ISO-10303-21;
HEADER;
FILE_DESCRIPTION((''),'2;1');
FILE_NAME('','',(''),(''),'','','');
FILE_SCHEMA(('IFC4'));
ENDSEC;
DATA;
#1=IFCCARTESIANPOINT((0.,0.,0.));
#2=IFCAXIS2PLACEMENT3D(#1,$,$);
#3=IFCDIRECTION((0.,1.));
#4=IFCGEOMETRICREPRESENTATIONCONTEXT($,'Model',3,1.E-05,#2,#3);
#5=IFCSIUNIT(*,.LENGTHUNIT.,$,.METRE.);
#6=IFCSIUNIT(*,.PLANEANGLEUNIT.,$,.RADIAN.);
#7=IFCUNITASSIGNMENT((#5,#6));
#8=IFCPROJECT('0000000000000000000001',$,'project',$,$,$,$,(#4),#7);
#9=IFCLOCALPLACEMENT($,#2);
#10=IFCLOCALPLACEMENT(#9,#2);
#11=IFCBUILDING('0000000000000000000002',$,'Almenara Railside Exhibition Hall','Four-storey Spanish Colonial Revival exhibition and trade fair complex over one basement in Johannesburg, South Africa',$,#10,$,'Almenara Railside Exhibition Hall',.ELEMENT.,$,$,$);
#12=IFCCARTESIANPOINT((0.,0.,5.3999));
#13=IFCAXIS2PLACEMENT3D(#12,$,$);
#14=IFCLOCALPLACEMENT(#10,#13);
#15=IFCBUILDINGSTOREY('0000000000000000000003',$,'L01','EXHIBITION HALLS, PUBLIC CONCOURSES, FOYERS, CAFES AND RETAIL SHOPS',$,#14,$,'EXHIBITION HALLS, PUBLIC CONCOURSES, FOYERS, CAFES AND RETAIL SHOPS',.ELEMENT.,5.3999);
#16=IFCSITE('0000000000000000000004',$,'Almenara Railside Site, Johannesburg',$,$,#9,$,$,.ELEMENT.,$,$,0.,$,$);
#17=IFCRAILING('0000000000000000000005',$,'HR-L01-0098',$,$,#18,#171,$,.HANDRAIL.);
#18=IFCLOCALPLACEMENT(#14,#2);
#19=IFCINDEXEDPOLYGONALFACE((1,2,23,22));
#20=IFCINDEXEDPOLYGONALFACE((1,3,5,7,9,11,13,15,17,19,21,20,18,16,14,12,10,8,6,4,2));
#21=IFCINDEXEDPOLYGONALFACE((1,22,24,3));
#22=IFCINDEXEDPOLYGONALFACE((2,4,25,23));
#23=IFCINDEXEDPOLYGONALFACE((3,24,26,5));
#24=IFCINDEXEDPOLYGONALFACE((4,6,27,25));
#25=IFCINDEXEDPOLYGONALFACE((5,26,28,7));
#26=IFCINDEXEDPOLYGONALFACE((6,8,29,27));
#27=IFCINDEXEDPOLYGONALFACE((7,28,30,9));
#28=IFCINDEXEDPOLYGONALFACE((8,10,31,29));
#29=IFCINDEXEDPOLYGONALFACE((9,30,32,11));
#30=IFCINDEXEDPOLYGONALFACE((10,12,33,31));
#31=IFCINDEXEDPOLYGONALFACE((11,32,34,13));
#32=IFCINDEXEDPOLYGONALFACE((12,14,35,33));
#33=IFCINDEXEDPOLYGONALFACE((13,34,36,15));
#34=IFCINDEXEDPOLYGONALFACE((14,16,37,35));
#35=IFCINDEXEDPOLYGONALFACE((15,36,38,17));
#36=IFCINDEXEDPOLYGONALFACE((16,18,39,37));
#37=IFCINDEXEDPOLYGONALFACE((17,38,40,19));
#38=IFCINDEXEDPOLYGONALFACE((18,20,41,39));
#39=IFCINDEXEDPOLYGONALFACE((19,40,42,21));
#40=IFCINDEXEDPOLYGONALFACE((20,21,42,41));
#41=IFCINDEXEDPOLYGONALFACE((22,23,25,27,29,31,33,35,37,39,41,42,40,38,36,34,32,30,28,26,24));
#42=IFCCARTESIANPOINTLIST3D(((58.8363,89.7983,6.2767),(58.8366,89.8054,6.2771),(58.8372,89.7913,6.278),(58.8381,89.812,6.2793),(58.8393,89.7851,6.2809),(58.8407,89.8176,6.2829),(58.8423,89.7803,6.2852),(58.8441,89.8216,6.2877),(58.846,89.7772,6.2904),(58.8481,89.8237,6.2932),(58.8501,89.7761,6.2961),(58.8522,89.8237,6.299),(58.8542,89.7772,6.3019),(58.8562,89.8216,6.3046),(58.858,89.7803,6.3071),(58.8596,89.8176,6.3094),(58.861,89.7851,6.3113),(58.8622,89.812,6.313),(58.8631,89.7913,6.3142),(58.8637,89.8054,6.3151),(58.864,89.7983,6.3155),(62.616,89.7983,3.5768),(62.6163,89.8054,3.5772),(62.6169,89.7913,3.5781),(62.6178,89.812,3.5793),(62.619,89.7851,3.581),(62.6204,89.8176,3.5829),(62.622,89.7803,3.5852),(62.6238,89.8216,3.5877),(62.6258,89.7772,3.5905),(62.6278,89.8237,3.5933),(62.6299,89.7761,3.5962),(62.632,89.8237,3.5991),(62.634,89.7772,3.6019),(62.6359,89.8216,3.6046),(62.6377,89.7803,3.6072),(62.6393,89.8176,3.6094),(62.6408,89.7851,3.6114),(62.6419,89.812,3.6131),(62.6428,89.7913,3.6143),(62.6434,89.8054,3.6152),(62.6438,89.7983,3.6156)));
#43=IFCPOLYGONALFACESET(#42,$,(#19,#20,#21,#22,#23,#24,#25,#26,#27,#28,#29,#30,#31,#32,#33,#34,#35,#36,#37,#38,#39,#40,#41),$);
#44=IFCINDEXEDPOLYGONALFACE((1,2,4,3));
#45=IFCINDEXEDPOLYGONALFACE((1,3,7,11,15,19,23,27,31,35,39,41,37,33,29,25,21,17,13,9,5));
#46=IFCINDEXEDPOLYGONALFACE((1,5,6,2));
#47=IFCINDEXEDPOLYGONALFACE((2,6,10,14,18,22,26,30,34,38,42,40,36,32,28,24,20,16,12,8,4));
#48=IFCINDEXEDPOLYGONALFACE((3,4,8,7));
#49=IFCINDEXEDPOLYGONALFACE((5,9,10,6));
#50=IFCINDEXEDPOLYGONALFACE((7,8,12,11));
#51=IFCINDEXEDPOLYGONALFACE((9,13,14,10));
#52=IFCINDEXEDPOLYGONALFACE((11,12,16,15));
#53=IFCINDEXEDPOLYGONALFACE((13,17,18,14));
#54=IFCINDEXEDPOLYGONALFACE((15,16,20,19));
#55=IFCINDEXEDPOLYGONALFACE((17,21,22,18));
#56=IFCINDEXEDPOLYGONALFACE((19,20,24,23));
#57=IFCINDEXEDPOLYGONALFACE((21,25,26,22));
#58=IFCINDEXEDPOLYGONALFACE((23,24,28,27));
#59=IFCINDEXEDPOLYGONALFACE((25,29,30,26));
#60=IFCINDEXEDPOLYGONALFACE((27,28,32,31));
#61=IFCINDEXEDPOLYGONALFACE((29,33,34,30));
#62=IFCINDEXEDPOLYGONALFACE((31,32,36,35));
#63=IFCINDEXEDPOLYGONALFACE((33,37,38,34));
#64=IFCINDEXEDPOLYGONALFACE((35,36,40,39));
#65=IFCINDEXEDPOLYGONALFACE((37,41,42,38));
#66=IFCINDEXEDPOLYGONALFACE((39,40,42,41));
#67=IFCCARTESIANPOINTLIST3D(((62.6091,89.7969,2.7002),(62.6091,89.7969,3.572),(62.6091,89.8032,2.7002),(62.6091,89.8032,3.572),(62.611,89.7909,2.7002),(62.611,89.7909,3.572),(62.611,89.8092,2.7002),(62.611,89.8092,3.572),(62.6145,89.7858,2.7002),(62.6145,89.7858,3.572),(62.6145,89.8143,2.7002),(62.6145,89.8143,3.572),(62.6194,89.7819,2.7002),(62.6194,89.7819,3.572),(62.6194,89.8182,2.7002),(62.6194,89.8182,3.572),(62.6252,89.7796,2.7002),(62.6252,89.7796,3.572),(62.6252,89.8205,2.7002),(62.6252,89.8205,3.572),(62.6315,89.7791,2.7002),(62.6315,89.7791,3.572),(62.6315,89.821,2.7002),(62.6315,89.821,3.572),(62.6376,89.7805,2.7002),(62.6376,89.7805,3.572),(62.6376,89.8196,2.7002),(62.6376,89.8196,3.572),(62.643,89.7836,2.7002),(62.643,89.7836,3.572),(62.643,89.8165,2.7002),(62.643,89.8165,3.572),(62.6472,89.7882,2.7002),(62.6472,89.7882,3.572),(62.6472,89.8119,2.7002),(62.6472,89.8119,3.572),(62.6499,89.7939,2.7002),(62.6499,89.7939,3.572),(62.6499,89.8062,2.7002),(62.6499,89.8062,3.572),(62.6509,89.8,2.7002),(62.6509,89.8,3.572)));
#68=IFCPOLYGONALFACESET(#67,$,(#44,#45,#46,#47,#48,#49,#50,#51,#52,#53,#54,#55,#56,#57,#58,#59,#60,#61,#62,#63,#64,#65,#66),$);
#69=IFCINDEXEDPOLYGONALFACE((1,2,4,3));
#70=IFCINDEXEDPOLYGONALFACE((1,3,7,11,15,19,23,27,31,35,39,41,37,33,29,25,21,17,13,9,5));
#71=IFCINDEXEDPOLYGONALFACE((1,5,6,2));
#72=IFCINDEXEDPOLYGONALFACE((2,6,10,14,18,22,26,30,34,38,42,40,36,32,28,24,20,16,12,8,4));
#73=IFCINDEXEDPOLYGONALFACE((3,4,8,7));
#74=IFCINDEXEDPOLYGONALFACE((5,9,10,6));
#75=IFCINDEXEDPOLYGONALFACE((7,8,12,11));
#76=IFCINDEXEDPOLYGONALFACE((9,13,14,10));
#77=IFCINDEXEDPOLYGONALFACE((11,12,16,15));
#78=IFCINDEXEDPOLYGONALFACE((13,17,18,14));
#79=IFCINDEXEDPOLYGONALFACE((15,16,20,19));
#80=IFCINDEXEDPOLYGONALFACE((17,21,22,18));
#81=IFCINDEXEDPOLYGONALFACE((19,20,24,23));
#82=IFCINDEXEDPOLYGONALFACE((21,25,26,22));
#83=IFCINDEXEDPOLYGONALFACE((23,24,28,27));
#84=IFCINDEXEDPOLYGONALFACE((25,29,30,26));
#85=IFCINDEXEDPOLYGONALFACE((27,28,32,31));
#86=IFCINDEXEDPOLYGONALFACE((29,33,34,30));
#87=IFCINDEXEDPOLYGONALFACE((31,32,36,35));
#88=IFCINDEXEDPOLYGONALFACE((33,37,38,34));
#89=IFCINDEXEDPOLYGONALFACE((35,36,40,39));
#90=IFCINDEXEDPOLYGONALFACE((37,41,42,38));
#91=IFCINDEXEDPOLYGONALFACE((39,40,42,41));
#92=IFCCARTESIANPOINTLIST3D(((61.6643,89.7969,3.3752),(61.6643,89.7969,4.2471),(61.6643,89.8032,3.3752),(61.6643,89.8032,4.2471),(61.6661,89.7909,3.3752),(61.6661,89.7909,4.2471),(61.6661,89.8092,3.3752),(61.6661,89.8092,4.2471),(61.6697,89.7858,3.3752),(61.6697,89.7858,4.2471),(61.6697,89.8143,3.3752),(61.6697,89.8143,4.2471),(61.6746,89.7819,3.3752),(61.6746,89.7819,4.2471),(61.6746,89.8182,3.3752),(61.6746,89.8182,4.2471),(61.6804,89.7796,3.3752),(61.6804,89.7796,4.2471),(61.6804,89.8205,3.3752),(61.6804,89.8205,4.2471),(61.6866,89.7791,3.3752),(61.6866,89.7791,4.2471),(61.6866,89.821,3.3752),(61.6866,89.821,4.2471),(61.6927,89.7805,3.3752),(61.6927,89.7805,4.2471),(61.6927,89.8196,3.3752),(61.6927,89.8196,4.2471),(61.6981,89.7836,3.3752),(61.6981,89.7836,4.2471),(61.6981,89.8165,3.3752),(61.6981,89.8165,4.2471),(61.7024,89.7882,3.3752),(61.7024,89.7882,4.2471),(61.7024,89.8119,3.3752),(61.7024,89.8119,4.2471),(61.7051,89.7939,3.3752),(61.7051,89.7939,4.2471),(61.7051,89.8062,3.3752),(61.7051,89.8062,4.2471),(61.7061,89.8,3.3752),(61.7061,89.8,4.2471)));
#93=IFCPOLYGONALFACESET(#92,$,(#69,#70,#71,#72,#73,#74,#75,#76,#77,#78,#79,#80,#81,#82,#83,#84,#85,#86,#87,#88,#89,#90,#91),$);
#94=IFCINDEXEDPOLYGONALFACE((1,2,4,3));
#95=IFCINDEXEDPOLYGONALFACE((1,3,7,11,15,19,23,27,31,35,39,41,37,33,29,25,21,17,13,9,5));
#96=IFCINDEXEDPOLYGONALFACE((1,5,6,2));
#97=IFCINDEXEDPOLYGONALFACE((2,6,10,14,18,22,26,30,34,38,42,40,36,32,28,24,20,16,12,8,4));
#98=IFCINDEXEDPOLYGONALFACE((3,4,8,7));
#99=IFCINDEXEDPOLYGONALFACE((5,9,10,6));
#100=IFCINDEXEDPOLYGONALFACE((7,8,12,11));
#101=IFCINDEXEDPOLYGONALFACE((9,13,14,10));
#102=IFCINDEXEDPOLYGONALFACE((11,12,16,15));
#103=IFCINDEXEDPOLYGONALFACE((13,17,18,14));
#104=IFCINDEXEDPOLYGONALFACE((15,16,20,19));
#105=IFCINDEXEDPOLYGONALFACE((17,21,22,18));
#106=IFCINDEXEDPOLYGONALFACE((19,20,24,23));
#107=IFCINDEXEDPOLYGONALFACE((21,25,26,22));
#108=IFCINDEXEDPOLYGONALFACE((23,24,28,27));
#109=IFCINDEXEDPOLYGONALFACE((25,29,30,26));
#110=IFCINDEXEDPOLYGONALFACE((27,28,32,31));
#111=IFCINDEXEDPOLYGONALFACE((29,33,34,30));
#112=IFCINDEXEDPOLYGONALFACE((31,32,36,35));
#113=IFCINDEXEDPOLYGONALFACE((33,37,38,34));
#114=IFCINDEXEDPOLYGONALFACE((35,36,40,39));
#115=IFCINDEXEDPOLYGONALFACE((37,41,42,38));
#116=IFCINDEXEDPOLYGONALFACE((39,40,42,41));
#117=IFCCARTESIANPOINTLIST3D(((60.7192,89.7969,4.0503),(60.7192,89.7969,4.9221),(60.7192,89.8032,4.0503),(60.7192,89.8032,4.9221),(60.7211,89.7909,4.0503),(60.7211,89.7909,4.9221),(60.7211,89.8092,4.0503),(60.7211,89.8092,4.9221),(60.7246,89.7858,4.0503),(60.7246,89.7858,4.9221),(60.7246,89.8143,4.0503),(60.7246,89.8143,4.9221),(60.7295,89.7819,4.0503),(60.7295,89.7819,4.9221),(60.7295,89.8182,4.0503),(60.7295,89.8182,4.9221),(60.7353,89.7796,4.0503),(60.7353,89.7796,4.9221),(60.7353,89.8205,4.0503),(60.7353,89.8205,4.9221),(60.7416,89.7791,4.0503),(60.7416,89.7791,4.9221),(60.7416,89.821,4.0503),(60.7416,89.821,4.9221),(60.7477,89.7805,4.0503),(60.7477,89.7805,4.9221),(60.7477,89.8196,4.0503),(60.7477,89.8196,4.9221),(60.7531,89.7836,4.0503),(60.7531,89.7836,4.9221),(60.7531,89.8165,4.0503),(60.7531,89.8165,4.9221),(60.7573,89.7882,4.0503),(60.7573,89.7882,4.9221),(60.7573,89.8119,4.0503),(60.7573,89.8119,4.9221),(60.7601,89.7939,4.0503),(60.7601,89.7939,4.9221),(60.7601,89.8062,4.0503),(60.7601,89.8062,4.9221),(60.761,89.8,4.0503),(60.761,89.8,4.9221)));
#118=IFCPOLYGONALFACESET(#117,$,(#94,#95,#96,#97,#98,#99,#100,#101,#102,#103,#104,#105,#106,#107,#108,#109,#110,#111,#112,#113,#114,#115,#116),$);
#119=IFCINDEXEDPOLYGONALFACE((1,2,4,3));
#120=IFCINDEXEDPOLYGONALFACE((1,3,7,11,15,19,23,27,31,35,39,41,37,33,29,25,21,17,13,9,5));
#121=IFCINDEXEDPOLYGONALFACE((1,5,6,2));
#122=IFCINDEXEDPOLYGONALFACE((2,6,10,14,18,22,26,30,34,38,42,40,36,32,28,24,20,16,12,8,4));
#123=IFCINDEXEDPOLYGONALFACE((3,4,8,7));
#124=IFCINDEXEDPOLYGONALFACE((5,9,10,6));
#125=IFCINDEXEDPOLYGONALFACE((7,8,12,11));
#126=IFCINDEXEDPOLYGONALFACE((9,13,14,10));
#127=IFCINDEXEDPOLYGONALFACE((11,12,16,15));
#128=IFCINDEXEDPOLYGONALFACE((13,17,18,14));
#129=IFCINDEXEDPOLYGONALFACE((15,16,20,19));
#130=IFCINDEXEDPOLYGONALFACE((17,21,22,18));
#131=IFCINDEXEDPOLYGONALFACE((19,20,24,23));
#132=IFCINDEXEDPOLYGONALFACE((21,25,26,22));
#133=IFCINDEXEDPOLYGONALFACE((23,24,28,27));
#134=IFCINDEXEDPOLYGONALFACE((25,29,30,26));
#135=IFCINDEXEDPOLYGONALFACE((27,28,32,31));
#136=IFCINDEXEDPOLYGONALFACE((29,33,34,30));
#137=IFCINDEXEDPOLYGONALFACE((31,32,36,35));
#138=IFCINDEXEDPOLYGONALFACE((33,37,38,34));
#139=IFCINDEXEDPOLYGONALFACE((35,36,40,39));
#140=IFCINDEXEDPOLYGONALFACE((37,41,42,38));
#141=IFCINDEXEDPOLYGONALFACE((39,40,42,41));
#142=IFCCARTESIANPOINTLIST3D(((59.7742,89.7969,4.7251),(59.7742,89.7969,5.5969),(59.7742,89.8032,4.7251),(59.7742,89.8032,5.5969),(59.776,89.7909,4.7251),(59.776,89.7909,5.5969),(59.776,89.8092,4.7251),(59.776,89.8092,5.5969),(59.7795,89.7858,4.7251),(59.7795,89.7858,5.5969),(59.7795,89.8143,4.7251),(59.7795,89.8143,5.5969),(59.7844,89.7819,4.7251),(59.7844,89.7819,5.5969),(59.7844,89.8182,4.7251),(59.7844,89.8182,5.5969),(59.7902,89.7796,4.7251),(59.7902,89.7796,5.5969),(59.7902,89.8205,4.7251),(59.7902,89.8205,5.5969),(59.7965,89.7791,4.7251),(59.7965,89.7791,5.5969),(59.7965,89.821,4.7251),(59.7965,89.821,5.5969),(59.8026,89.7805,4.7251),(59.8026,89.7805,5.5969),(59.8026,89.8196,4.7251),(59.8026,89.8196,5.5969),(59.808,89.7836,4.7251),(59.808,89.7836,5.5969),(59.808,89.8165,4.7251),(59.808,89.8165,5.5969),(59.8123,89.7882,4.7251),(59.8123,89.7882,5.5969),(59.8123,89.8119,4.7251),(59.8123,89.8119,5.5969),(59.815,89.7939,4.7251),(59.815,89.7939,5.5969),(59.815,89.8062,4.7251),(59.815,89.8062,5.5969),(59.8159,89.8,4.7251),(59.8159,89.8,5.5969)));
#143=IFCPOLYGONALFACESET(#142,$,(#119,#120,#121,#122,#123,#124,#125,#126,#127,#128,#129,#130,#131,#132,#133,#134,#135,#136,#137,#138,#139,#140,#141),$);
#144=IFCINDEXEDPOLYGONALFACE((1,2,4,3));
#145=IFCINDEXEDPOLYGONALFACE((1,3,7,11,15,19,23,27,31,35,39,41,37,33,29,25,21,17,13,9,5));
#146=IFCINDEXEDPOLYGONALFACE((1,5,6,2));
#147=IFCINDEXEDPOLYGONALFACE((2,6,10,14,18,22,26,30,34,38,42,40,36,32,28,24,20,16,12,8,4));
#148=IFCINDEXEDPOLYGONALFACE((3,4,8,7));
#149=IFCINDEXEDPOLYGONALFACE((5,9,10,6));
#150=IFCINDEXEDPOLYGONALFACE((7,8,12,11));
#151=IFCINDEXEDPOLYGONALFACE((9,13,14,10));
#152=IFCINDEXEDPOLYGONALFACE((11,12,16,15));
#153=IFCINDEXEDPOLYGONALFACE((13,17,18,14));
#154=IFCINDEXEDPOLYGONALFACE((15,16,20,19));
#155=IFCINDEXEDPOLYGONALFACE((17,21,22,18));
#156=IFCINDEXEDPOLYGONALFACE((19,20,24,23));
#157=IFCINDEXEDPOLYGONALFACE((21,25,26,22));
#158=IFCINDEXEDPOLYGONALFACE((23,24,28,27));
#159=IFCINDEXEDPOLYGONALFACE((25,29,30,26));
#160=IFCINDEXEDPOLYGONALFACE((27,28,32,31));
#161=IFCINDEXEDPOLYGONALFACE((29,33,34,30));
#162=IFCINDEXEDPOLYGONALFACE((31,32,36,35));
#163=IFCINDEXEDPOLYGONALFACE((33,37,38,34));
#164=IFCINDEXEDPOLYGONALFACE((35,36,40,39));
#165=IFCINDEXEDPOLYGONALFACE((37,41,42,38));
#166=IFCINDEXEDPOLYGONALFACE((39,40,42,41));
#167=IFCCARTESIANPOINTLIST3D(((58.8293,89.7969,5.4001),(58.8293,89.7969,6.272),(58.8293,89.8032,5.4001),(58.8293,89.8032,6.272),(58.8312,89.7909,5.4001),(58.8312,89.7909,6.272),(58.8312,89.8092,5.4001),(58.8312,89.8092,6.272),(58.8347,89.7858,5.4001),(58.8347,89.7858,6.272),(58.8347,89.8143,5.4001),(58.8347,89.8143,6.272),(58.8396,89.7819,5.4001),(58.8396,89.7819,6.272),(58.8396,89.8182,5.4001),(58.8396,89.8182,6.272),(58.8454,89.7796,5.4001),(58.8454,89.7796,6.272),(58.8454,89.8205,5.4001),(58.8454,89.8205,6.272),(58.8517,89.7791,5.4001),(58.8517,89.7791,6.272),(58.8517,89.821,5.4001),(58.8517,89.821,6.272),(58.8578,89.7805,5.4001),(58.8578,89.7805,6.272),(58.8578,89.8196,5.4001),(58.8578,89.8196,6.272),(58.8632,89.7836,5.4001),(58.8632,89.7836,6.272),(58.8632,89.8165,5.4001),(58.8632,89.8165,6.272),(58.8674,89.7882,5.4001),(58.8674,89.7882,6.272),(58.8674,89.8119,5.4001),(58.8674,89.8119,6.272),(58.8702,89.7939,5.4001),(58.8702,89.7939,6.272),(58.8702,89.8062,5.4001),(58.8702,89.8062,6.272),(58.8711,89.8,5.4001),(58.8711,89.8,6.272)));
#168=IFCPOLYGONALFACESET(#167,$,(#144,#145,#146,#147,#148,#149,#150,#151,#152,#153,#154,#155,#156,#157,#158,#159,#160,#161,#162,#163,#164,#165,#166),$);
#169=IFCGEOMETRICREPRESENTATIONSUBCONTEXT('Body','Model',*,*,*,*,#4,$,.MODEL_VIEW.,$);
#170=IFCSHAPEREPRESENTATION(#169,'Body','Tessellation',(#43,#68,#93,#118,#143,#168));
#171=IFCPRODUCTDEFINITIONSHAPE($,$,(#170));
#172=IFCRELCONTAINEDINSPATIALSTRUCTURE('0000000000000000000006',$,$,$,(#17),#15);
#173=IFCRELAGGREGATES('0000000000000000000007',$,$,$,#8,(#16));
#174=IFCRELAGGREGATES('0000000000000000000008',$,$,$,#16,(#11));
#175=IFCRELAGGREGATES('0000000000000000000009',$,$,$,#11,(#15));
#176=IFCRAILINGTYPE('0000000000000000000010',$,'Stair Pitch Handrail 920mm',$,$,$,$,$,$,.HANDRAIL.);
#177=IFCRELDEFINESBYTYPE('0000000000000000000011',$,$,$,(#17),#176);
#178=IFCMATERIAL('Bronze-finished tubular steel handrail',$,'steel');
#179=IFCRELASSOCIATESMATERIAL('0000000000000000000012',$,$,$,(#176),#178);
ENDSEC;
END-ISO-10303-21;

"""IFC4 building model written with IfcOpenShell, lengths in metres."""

from ifc_helpers import new_model, si_unit, direction, frame, origin, origin_2d, place, context, subcontext, project, spatial, circle, extrude, material, type_object, element, save


model = new_model("IFC4")

# Units and contexts
model_context = context("Model", 3, precision=1e-05, world=origin(), true_north=direction((0.0, 1.0)))
body_context = subcontext(model_context, "Body", "Model", "MODEL_VIEW")
ifc_project = project(units=[si_unit("LENGTHUNIT", "METRE"), si_unit("PLANEANGLEUNIT", "RADIAN")], contexts=[model_context])

# Site, building, storey
site_placement = place(None, origin())
site = spatial("IfcSite", under=ifc_project, at=site_placement, Name="Almenara Railside Site, Johannesburg", CompositionType="ELEMENT", RefElevation=0.0)
building_placement = place(site_placement, origin())
building = spatial("IfcBuilding", under=site, at=building_placement, Name="Almenara Railside Exhibition Hall", Description="Four-storey Spanish Colonial Revival exhibition and trade fair complex over one basement in Johannesburg, South Africa", LongName="Almenara Railside Exhibition Hall", CompositionType="ELEMENT")
storey_placement = place(building_placement, frame((0.0, 0.0, 5.3999)))
storey = spatial("IfcBuildingStorey", under=building, at=storey_placement, Name="L01", Description="EXHIBITION HALLS, PUBLIC CONCOURSES, FOYERS, CAFES AND RETAIL SHOPS", LongName="EXHIBITION HALLS, PUBLIC CONCOURSES, FOYERS, CAFES AND RETAIL SHOPS", CompositionType="ELEMENT", Elevation=5.3999)

# Railing
ifc_material_1 = material(Name="Bronze-finished tubular steel handrail", Category="steel")
railing_type_1 = type_object("IfcRailingType", Name="Stair Pitch Handrail 920mm", PredefinedType="HANDRAIL", material=ifc_material_1)
railing_1_placement = place(storey_placement, frame((62.6299, 89.8, 2.7002)))
element("IfcRailing", 1, at=railing_1_placement, inside=storey, type_object=railing_type_1, Name="HR-L01-0098", PredefinedType="HANDRAIL", context=body_context, shape_type="SweptSolid", body=[
    extrude(circle(Radius=0.0239, at=origin_2d()), frame((0.0, 0.0, 0.896), z_axis=(-0.813723, 0.0, 0.581253), x_axis=(0.0, -1.0, 0.0)), (0.0, 0.0, 1.0), 4.645),
    extrude(circle(Radius=0.021, at=origin_2d()), origin(), (0.0, 0.0, 1.0), 0.8718),
    extrude(circle(Radius=0.021, at=origin_2d()), frame((-0.9448, 0.0, 0.675)), (0.0, 0.0, 1.0), 0.8718),
    extrude(circle(Radius=0.021, at=origin_2d()), frame((-1.8899, 0.0, 1.3501)), (0.0, 0.0, 1.0), 0.8718),
    extrude(circle(Radius=0.021, at=origin_2d()), frame((-2.835, 0.0, 2.0249)), (0.0, 0.0, 1.0), 0.8718),
    extrude(circle(Radius=0.021, at=origin_2d()), frame((-3.7798, 0.0, 2.7)), (0.0, 0.0, 1.0), 0.8718),
])

save(model, "model.ifc")
